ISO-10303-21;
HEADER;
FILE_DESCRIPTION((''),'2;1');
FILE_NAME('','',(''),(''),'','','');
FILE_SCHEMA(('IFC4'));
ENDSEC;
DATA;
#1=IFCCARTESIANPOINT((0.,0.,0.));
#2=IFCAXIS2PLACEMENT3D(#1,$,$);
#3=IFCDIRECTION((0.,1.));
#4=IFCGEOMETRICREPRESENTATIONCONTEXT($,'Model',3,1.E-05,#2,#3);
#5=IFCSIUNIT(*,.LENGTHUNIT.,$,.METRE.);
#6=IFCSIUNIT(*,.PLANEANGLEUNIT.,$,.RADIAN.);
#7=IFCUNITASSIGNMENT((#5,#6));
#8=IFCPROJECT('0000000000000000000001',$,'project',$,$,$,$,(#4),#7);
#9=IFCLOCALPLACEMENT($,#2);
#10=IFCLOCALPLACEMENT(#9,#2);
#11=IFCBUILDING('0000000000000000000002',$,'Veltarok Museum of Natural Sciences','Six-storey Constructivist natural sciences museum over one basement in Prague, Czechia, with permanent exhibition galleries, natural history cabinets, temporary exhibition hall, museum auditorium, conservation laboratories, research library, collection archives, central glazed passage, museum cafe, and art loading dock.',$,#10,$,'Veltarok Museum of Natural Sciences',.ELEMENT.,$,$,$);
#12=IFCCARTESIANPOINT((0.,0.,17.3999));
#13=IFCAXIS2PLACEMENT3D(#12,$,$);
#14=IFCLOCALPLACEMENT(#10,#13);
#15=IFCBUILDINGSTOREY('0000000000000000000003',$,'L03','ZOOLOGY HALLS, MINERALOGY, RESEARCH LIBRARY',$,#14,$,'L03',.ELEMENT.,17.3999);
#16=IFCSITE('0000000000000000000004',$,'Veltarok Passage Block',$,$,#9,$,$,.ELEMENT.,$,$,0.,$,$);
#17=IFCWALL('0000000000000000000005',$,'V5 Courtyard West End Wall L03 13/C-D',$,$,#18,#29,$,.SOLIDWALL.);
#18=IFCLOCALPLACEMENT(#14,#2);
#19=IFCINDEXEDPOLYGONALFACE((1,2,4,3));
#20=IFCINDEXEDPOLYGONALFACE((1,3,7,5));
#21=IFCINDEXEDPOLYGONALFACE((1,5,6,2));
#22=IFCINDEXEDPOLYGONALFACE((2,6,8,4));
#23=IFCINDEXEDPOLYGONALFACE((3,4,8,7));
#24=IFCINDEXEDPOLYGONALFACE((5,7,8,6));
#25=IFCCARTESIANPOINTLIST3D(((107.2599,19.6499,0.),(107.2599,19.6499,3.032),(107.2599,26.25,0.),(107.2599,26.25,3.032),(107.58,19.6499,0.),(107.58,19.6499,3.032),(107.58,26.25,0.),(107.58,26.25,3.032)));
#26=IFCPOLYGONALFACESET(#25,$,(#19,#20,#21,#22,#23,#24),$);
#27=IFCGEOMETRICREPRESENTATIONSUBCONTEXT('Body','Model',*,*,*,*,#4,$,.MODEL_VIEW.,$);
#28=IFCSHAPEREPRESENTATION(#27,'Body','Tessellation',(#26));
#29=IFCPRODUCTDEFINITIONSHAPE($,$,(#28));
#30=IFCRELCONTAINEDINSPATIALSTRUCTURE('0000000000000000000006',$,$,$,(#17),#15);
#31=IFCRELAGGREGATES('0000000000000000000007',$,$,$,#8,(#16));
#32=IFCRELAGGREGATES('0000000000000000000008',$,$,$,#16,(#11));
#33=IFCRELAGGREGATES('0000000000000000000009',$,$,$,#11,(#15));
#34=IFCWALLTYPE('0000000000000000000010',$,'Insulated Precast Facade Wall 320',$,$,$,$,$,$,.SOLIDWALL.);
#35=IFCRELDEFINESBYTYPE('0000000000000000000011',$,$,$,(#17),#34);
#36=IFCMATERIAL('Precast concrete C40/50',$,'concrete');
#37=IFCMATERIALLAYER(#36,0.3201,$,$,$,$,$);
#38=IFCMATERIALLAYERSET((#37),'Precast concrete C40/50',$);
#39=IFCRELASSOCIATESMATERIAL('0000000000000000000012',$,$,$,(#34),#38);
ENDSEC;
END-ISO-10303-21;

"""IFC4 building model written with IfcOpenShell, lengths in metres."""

from ifc_helpers import new_model, si_unit, direction, frame, frame_2d, origin, place, context, subcontext, project, spatial, rectangle, extrude, material, layer, layer_set, type_object, element, save


model = new_model("IFC4")

# Units and contexts
model_context = context("Model", 3, precision=1e-05, world=origin(), true_north=direction((0.0, 1.0)))
body_context = subcontext(model_context, "Body", "Model", "MODEL_VIEW")
ifc_project = project(units=[si_unit("LENGTHUNIT", "METRE"), si_unit("PLANEANGLEUNIT", "RADIAN")], contexts=[model_context])

# Site, building, storey
site_placement = place(None, origin())
site = spatial("IfcSite", under=ifc_project, at=site_placement, Name="Veltarok Passage Block", CompositionType="ELEMENT", RefElevation=0.0)
building_placement = place(site_placement, origin())
building = spatial("IfcBuilding", under=site, at=building_placement, Name="Veltarok Museum of Natural Sciences", Description="Six-storey Constructivist natural sciences museum over one basement in Prague, Czechia, with permanent exhibition galleries, natural history cabinets, temporary exhibition hall, museum auditorium, conservation laboratories, research library, collection archives, central glazed passage, museum cafe, and art loading dock.", LongName="Veltarok Museum of Natural Sciences", CompositionType="ELEMENT")
storey_placement = place(building_placement, frame((0.0, 0.0, 17.3999)))
storey = spatial("IfcBuildingStorey", under=building, at=storey_placement, Name="L03", Description="ZOOLOGY HALLS, MINERALOGY, RESEARCH LIBRARY", LongName="L03", CompositionType="ELEMENT", Elevation=17.3999)

# Shared definitions
ifc_material_1 = material(Name="Precast concrete C40/50", Category="concrete")

# Wall
ifc_layer_1 = layer(ifc_material_1, 0.3201)
ifc_layer_set_1 = layer_set([ifc_layer_1], Name="Precast concrete C40/50")
wall_type_1 = type_object("IfcWallType", Name="Insulated Precast Facade Wall 320", PredefinedType="SOLIDWALL", material=ifc_layer_set_1)
wall_1_placement = place(storey_placement, frame((107.4199, 26.25, 0.0), z_axis=(0.0, 0.0, 1.0), x_axis=(0.0, -1.0, 0.0)))
element("IfcWall", 1, at=wall_1_placement, inside=storey, type_object=wall_type_1, Name="V5 Courtyard West End Wall L03 13/C-D", PredefinedType="SOLIDWALL", context=body_context, shape_type="SweptSolid", body=[
    extrude(rectangle(XDim=6.6001, YDim=0.3201, at=frame_2d((3.3, 0.0))), origin(), (0.0, 0.0, 1.0), 3.032),
])

save(model, "model.ifc")
